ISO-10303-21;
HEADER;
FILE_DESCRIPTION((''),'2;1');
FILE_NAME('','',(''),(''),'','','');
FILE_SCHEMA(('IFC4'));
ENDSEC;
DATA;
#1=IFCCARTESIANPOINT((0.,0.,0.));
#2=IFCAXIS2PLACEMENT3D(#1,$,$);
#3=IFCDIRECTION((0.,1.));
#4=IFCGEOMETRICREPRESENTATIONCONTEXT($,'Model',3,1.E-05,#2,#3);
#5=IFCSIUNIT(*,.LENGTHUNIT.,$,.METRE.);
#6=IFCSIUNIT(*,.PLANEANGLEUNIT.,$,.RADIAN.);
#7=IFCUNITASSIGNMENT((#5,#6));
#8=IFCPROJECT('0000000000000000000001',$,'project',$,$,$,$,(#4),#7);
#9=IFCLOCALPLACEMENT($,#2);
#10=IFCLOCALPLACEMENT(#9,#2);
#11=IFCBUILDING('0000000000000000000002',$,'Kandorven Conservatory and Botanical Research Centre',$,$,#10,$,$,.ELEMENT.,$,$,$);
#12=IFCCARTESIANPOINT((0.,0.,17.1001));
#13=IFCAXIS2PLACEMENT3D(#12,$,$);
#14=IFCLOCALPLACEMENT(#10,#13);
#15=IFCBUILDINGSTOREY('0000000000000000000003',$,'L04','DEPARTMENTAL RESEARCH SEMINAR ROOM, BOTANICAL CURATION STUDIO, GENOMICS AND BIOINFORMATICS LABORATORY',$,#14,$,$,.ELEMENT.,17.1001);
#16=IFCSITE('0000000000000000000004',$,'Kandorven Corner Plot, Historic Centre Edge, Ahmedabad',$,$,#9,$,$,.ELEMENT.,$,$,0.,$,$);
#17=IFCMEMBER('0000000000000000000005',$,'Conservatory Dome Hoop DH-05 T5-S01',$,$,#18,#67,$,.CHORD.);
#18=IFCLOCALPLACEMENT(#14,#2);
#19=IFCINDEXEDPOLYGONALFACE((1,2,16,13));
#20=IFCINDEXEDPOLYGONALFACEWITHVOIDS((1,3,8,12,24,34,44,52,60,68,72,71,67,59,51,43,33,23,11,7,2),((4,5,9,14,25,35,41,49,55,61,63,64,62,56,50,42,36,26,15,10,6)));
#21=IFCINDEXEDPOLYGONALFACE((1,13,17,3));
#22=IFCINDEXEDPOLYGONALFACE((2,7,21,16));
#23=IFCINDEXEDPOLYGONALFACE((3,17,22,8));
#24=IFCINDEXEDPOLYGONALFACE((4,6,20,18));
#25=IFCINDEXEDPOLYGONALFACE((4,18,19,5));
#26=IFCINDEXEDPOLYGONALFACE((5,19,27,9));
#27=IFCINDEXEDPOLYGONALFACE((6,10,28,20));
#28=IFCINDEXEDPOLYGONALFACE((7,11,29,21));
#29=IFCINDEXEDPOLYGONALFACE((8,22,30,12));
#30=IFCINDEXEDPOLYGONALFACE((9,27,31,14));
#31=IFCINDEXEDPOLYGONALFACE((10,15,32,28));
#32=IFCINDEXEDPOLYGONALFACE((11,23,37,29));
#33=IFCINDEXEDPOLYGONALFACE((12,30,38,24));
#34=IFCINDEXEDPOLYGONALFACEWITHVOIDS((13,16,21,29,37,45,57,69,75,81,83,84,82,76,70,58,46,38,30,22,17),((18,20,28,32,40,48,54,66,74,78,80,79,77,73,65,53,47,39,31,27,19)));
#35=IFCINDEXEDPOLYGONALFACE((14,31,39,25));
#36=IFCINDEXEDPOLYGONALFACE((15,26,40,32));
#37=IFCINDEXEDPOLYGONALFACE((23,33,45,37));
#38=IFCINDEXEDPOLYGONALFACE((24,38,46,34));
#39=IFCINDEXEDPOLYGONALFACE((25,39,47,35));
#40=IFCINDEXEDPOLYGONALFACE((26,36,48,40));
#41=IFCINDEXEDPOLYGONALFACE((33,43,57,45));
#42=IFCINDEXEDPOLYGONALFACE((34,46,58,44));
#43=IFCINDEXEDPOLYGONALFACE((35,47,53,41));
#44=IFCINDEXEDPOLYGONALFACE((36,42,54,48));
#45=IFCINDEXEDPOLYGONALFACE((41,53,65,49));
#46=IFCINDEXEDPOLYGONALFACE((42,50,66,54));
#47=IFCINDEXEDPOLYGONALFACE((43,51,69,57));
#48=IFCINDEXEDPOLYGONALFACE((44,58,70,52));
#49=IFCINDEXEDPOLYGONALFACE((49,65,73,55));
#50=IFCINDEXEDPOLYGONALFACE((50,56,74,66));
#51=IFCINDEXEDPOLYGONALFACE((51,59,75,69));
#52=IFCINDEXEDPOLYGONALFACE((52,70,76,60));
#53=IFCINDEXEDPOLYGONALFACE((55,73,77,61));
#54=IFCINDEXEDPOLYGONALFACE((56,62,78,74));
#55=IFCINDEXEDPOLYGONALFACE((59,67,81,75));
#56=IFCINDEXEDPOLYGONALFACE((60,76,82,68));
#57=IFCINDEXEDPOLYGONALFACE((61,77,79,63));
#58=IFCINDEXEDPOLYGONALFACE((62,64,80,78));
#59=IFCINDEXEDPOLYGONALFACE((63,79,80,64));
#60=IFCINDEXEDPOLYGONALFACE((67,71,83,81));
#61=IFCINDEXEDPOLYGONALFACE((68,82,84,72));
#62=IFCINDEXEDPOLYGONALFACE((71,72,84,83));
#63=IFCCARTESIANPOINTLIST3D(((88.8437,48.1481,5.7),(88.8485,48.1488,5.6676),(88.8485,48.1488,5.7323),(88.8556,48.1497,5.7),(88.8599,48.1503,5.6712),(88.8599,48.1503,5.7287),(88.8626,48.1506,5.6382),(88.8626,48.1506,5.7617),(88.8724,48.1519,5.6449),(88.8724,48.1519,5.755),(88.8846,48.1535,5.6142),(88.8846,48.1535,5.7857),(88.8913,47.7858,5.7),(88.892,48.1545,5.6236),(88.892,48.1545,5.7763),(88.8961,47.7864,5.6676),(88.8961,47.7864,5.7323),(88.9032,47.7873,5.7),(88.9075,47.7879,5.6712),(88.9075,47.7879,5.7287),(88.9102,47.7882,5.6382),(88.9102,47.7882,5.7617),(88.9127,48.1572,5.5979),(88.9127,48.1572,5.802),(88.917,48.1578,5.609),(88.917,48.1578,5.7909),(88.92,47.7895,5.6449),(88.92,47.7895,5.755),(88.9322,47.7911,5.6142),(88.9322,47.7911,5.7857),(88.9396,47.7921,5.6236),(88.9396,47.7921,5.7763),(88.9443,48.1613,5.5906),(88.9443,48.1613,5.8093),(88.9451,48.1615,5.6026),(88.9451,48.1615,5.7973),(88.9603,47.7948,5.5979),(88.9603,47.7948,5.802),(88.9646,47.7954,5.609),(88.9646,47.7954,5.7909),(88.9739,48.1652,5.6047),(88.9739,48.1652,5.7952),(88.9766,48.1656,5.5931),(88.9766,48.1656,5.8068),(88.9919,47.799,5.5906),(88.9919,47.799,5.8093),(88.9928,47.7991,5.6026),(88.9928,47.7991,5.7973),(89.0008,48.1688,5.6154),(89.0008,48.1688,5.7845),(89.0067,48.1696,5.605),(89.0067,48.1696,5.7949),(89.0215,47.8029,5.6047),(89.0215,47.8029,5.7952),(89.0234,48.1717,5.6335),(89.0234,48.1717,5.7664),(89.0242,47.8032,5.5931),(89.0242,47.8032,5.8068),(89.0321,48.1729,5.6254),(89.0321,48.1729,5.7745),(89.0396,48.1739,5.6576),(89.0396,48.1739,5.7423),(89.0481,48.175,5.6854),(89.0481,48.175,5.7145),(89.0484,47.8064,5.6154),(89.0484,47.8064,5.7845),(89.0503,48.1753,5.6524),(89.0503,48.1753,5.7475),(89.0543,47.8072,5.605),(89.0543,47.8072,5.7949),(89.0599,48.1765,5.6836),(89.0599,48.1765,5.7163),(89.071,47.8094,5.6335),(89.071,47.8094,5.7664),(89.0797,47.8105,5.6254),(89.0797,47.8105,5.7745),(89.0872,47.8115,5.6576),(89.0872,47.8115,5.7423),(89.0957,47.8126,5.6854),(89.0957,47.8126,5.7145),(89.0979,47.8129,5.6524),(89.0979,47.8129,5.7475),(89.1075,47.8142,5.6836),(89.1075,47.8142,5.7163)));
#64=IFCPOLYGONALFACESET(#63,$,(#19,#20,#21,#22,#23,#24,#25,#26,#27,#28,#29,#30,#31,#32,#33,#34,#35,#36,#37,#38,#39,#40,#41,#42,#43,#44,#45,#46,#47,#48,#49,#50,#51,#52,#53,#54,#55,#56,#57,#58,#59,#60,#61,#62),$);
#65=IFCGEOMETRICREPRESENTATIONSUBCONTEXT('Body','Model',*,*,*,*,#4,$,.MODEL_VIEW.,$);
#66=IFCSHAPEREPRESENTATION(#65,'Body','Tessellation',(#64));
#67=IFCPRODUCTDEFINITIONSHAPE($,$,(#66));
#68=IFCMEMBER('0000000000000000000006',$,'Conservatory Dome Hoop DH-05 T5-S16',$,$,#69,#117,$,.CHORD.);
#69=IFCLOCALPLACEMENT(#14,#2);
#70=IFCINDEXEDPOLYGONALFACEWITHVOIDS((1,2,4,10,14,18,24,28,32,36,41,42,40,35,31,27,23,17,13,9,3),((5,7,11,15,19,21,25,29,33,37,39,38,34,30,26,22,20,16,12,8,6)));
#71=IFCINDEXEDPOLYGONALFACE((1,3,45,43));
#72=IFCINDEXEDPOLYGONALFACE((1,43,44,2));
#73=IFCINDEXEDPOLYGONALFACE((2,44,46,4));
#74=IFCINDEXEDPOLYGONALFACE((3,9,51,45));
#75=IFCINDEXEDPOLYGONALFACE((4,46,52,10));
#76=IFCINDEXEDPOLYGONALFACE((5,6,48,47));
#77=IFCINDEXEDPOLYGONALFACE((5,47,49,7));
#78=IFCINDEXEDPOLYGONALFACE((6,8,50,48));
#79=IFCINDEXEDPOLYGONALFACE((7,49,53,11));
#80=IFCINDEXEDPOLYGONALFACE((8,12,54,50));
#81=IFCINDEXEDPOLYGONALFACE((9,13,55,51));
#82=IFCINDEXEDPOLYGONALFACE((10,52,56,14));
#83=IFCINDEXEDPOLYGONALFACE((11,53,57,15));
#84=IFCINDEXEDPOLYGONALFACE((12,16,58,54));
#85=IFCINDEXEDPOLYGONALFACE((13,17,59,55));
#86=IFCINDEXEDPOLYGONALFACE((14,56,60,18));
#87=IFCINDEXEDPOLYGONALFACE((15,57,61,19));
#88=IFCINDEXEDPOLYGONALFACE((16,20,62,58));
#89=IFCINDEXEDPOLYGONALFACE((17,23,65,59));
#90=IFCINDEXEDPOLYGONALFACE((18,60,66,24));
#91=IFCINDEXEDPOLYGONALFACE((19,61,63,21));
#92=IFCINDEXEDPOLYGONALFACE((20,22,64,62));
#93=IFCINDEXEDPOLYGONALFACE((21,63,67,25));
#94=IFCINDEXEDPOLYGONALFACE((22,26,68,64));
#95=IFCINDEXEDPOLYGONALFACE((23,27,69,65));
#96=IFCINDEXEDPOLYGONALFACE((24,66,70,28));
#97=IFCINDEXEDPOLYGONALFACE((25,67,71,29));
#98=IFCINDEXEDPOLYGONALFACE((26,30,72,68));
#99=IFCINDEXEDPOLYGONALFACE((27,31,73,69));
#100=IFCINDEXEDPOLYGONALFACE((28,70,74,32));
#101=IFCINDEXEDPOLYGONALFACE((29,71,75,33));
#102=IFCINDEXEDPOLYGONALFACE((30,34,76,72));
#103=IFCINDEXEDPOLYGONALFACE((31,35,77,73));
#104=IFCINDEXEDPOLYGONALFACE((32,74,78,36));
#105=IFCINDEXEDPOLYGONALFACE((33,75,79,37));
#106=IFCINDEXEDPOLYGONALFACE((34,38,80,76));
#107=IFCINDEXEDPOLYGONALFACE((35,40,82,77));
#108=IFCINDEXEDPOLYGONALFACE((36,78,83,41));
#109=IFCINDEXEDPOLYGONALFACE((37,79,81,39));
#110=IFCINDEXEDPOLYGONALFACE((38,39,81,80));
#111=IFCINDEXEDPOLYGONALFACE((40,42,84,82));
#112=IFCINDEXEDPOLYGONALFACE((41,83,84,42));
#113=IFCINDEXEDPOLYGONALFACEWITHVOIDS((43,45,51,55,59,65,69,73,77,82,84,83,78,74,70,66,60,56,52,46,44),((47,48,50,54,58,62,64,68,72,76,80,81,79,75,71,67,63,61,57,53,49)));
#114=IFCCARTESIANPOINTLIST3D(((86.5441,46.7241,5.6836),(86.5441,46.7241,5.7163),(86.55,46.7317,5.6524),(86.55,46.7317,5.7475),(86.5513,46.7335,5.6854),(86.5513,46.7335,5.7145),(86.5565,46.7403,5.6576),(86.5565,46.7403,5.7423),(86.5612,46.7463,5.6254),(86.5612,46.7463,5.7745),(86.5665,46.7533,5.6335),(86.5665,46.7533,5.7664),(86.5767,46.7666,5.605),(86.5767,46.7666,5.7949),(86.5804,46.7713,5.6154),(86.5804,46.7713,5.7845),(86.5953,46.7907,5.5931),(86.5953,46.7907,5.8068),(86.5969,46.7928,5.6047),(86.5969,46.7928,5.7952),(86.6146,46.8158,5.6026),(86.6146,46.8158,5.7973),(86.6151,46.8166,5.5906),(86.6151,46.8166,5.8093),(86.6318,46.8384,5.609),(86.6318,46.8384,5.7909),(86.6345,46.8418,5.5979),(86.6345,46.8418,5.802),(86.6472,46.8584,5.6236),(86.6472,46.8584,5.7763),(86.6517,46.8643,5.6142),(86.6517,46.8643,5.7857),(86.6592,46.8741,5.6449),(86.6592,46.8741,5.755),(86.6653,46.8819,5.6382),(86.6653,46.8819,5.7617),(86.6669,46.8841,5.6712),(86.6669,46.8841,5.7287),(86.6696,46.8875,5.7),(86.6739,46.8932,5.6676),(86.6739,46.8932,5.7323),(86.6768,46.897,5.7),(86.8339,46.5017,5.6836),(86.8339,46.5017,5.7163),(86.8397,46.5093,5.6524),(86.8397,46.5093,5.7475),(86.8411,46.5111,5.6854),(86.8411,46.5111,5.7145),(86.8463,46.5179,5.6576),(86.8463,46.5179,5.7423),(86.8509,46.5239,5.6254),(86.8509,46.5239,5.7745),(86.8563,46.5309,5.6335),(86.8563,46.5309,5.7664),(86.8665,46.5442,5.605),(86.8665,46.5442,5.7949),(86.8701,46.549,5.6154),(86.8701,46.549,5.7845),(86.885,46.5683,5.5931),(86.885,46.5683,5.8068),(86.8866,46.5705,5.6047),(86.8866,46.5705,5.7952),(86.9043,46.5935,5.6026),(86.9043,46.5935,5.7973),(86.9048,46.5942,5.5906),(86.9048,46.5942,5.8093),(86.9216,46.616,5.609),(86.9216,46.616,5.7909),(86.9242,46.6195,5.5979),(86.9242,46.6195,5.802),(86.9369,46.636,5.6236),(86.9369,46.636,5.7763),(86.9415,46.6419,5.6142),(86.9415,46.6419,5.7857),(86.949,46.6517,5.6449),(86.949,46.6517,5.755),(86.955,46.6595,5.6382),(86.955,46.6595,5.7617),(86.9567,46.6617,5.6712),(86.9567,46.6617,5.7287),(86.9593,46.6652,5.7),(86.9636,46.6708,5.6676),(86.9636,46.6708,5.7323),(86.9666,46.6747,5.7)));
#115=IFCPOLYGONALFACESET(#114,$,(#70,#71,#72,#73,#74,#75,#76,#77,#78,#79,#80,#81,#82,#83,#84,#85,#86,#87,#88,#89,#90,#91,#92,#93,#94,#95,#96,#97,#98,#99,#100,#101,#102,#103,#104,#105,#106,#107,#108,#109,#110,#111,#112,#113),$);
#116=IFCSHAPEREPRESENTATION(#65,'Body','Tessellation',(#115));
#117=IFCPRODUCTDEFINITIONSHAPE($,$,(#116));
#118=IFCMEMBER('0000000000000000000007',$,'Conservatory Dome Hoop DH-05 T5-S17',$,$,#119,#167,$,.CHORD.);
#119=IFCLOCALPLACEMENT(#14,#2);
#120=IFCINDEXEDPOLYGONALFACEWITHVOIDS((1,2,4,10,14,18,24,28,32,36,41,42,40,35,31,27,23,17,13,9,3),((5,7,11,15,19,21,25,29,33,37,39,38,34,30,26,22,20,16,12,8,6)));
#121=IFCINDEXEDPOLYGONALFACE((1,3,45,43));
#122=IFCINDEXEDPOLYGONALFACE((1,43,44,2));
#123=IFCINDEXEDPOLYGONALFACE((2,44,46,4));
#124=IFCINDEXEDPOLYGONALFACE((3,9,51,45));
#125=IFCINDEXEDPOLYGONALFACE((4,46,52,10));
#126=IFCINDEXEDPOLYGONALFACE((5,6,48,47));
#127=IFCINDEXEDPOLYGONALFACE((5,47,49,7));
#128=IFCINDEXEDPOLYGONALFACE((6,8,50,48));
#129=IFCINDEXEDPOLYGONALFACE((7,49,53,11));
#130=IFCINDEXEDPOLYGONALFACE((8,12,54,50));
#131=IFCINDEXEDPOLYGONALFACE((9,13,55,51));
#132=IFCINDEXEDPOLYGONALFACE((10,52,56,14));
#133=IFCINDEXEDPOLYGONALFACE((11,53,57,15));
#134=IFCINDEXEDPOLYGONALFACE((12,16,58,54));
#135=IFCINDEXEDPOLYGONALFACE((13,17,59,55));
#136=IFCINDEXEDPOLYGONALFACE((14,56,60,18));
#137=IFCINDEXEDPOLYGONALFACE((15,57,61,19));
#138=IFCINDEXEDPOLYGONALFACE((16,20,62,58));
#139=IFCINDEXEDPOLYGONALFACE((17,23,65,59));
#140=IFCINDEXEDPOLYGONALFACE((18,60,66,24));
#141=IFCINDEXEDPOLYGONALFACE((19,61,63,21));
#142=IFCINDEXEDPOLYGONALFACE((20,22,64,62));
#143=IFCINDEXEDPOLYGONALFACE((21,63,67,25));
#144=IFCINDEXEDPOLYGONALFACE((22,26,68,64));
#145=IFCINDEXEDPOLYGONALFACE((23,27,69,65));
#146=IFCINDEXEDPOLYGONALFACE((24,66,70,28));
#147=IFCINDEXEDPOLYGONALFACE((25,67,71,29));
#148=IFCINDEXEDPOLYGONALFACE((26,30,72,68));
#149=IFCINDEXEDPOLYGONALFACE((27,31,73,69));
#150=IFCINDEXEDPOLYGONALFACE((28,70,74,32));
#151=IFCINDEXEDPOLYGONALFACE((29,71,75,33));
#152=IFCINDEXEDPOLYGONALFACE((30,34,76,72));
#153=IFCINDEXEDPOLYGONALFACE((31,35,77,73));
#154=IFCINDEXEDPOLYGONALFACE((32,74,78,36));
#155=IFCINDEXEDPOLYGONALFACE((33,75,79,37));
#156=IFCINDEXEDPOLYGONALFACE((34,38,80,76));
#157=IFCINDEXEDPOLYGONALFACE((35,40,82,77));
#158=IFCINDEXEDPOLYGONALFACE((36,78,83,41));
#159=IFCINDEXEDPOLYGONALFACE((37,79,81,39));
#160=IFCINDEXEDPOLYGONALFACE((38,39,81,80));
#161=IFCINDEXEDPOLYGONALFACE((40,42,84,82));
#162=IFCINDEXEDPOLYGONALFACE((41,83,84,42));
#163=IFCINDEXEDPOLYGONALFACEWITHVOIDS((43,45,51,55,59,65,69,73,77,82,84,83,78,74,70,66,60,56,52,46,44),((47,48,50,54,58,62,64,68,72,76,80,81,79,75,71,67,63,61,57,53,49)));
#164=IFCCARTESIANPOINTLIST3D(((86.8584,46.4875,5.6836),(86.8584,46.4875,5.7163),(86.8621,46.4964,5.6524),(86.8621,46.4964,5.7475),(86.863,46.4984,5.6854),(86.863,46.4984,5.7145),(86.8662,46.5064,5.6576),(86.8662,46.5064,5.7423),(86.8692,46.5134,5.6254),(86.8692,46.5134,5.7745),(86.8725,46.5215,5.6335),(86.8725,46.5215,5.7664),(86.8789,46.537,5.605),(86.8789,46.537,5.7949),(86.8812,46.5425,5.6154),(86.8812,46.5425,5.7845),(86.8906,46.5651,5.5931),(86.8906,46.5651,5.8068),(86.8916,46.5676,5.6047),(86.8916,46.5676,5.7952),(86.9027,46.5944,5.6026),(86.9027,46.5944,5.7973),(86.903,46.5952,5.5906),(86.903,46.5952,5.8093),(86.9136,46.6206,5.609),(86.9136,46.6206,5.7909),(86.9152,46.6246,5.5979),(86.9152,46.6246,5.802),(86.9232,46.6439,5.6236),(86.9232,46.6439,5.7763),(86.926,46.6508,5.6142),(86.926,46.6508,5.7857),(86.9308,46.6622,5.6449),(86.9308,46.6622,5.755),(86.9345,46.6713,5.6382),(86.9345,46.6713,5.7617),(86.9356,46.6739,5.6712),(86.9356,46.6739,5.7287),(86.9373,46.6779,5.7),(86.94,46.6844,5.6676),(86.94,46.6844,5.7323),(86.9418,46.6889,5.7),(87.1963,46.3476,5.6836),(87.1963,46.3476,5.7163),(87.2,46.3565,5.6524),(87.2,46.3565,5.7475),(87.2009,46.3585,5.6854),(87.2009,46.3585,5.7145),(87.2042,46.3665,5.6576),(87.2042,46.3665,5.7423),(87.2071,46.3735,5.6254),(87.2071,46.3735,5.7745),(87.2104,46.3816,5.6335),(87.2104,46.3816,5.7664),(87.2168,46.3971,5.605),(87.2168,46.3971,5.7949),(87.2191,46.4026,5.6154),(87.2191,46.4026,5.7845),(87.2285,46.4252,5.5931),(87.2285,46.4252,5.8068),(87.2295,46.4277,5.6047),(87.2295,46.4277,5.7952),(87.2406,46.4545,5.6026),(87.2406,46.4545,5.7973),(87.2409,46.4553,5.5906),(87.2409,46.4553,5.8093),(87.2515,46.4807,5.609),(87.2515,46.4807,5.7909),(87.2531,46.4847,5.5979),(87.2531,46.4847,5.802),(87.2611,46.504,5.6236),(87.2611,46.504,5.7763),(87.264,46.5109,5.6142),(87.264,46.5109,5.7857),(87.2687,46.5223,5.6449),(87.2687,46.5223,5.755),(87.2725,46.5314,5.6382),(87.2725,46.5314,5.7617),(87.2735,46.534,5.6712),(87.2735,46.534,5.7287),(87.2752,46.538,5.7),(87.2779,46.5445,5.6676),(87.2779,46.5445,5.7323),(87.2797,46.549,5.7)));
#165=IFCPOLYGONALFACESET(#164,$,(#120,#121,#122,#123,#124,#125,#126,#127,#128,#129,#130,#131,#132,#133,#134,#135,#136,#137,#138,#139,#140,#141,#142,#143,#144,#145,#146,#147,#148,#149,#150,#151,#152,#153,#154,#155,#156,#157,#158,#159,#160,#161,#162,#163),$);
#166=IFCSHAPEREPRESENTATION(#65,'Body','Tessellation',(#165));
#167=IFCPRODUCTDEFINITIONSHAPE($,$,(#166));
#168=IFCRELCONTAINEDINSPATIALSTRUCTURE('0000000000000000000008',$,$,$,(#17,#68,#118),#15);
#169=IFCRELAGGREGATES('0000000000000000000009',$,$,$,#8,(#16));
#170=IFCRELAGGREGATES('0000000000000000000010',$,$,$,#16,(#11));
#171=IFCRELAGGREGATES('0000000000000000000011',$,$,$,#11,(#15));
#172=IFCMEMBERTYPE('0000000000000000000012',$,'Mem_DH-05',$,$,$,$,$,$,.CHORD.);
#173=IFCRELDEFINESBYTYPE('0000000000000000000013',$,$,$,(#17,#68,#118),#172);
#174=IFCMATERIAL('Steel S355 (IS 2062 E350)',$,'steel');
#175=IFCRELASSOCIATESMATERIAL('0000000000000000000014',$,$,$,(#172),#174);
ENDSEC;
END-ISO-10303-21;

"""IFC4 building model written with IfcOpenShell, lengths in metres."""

from ifc_helpers import new_model, si_unit, direction, frame, origin, origin_2d, place, context, subcontext, project, spatial, hollow_circle, extrude, material, material_profile, profile_set, type_object, element, save


model = new_model("IFC4")

# Units and contexts
model_context = context("Model", 3, precision=1e-05, world=origin(), true_north=direction((0.0, 1.0)))
body_context = subcontext(model_context, "Body", "Model", "MODEL_VIEW")
ifc_project = project(units=[si_unit("LENGTHUNIT", "METRE"), si_unit("PLANEANGLEUNIT", "RADIAN")], contexts=[model_context])

# Site, building, storey
site_placement = place(None, origin())
site = spatial("IfcSite", under=ifc_project, at=site_placement, Name="Kandorven Corner Plot, Historic Centre Edge, Ahmedabad", CompositionType="ELEMENT", RefElevation=0.0)
building_placement = place(site_placement, origin())
building = spatial("IfcBuilding", under=site, at=building_placement, Name="Kandorven Conservatory and Botanical Research Centre", CompositionType="ELEMENT")
storey_placement = place(building_placement, frame((0.0, 0.0, 17.1001)))
storey = spatial("IfcBuildingStorey", under=building, at=storey_placement, Name="L04", Description="DEPARTMENTAL RESEARCH SEMINAR ROOM, BOTANICAL CURATION STUDIO, GENOMICS AND BIOINFORMATICS LABORATORY", CompositionType="ELEMENT", Elevation=17.1001)

# Members
ifc_material_1 = material(Name="Steel S355 (IS 2062 E350)", Category="steel")
ifc_material_profile_1 = material_profile(ifc_material_1, hollow_circle(Radius=0.1096, WallThickness=0.012, at=origin_2d()))
ifc_profile_set_1 = profile_set([ifc_material_profile_1], Name="Steel S355 (IS 2062 E350)")
member_type_1 = type_object("IfcMemberType", Name="Mem_DH-05", PredefinedType="CHORD", material=ifc_profile_set_1)
member_1_placement = place(storey_placement, frame((89.0, 47.8, 5.7), z_axis=(-0.130282, 0.991477, 0.0), x_axis=(-0.991477, -0.130282, 0.0)))
element("IfcMember", 1, at=member_1_placement, inside=storey, type_object=member_type_1, Name="Conservatory Dome Hoop DH-05 T5-S01", PredefinedType="CHORD", context=body_context, shape_type="SweptSolid", body=[
    extrude(hollow_circle(Radius=0.1096, WallThickness=0.012, at=origin_2d()), origin(), (0.0, 0.0, 1.0), 0.3655),
])
member_2_placement = place(storey_placement, frame((86.6101, 46.8101, 5.7), z_axis=(0.793294, -0.608838, 0.0), x_axis=(0.608838, 0.793294, 0.0)))
element("IfcMember", 2, at=member_2_placement, inside=storey, type_object=member_type_1, Name="Conservatory Dome Hoop DH-05 T5-S16", PredefinedType="CHORD", context=body_context, shape_type="SweptSolid", body=[
    extrude(hollow_circle(Radius=0.1096, WallThickness=0.012, at=origin_2d()), origin(), (0.0, 0.0, 1.0), 0.3652),
])
member_3_placement = place(storey_placement, frame((86.8999, 46.5876, 5.7), z_axis=(0.923944, -0.382529, 0.0), x_axis=(0.382529, 0.923944, 0.0)))
element("IfcMember", 3, at=member_3_placement, inside=storey, type_object=member_type_1, Name="Conservatory Dome Hoop DH-05 T5-S17", PredefinedType="CHORD", context=body_context, shape_type="SweptSolid", body=[
    extrude(hollow_circle(Radius=0.1096, WallThickness=0.012, at=origin_2d()), origin(), (0.0, 0.0, 1.0), 0.3657),
])

save(model, "model.ifc")
